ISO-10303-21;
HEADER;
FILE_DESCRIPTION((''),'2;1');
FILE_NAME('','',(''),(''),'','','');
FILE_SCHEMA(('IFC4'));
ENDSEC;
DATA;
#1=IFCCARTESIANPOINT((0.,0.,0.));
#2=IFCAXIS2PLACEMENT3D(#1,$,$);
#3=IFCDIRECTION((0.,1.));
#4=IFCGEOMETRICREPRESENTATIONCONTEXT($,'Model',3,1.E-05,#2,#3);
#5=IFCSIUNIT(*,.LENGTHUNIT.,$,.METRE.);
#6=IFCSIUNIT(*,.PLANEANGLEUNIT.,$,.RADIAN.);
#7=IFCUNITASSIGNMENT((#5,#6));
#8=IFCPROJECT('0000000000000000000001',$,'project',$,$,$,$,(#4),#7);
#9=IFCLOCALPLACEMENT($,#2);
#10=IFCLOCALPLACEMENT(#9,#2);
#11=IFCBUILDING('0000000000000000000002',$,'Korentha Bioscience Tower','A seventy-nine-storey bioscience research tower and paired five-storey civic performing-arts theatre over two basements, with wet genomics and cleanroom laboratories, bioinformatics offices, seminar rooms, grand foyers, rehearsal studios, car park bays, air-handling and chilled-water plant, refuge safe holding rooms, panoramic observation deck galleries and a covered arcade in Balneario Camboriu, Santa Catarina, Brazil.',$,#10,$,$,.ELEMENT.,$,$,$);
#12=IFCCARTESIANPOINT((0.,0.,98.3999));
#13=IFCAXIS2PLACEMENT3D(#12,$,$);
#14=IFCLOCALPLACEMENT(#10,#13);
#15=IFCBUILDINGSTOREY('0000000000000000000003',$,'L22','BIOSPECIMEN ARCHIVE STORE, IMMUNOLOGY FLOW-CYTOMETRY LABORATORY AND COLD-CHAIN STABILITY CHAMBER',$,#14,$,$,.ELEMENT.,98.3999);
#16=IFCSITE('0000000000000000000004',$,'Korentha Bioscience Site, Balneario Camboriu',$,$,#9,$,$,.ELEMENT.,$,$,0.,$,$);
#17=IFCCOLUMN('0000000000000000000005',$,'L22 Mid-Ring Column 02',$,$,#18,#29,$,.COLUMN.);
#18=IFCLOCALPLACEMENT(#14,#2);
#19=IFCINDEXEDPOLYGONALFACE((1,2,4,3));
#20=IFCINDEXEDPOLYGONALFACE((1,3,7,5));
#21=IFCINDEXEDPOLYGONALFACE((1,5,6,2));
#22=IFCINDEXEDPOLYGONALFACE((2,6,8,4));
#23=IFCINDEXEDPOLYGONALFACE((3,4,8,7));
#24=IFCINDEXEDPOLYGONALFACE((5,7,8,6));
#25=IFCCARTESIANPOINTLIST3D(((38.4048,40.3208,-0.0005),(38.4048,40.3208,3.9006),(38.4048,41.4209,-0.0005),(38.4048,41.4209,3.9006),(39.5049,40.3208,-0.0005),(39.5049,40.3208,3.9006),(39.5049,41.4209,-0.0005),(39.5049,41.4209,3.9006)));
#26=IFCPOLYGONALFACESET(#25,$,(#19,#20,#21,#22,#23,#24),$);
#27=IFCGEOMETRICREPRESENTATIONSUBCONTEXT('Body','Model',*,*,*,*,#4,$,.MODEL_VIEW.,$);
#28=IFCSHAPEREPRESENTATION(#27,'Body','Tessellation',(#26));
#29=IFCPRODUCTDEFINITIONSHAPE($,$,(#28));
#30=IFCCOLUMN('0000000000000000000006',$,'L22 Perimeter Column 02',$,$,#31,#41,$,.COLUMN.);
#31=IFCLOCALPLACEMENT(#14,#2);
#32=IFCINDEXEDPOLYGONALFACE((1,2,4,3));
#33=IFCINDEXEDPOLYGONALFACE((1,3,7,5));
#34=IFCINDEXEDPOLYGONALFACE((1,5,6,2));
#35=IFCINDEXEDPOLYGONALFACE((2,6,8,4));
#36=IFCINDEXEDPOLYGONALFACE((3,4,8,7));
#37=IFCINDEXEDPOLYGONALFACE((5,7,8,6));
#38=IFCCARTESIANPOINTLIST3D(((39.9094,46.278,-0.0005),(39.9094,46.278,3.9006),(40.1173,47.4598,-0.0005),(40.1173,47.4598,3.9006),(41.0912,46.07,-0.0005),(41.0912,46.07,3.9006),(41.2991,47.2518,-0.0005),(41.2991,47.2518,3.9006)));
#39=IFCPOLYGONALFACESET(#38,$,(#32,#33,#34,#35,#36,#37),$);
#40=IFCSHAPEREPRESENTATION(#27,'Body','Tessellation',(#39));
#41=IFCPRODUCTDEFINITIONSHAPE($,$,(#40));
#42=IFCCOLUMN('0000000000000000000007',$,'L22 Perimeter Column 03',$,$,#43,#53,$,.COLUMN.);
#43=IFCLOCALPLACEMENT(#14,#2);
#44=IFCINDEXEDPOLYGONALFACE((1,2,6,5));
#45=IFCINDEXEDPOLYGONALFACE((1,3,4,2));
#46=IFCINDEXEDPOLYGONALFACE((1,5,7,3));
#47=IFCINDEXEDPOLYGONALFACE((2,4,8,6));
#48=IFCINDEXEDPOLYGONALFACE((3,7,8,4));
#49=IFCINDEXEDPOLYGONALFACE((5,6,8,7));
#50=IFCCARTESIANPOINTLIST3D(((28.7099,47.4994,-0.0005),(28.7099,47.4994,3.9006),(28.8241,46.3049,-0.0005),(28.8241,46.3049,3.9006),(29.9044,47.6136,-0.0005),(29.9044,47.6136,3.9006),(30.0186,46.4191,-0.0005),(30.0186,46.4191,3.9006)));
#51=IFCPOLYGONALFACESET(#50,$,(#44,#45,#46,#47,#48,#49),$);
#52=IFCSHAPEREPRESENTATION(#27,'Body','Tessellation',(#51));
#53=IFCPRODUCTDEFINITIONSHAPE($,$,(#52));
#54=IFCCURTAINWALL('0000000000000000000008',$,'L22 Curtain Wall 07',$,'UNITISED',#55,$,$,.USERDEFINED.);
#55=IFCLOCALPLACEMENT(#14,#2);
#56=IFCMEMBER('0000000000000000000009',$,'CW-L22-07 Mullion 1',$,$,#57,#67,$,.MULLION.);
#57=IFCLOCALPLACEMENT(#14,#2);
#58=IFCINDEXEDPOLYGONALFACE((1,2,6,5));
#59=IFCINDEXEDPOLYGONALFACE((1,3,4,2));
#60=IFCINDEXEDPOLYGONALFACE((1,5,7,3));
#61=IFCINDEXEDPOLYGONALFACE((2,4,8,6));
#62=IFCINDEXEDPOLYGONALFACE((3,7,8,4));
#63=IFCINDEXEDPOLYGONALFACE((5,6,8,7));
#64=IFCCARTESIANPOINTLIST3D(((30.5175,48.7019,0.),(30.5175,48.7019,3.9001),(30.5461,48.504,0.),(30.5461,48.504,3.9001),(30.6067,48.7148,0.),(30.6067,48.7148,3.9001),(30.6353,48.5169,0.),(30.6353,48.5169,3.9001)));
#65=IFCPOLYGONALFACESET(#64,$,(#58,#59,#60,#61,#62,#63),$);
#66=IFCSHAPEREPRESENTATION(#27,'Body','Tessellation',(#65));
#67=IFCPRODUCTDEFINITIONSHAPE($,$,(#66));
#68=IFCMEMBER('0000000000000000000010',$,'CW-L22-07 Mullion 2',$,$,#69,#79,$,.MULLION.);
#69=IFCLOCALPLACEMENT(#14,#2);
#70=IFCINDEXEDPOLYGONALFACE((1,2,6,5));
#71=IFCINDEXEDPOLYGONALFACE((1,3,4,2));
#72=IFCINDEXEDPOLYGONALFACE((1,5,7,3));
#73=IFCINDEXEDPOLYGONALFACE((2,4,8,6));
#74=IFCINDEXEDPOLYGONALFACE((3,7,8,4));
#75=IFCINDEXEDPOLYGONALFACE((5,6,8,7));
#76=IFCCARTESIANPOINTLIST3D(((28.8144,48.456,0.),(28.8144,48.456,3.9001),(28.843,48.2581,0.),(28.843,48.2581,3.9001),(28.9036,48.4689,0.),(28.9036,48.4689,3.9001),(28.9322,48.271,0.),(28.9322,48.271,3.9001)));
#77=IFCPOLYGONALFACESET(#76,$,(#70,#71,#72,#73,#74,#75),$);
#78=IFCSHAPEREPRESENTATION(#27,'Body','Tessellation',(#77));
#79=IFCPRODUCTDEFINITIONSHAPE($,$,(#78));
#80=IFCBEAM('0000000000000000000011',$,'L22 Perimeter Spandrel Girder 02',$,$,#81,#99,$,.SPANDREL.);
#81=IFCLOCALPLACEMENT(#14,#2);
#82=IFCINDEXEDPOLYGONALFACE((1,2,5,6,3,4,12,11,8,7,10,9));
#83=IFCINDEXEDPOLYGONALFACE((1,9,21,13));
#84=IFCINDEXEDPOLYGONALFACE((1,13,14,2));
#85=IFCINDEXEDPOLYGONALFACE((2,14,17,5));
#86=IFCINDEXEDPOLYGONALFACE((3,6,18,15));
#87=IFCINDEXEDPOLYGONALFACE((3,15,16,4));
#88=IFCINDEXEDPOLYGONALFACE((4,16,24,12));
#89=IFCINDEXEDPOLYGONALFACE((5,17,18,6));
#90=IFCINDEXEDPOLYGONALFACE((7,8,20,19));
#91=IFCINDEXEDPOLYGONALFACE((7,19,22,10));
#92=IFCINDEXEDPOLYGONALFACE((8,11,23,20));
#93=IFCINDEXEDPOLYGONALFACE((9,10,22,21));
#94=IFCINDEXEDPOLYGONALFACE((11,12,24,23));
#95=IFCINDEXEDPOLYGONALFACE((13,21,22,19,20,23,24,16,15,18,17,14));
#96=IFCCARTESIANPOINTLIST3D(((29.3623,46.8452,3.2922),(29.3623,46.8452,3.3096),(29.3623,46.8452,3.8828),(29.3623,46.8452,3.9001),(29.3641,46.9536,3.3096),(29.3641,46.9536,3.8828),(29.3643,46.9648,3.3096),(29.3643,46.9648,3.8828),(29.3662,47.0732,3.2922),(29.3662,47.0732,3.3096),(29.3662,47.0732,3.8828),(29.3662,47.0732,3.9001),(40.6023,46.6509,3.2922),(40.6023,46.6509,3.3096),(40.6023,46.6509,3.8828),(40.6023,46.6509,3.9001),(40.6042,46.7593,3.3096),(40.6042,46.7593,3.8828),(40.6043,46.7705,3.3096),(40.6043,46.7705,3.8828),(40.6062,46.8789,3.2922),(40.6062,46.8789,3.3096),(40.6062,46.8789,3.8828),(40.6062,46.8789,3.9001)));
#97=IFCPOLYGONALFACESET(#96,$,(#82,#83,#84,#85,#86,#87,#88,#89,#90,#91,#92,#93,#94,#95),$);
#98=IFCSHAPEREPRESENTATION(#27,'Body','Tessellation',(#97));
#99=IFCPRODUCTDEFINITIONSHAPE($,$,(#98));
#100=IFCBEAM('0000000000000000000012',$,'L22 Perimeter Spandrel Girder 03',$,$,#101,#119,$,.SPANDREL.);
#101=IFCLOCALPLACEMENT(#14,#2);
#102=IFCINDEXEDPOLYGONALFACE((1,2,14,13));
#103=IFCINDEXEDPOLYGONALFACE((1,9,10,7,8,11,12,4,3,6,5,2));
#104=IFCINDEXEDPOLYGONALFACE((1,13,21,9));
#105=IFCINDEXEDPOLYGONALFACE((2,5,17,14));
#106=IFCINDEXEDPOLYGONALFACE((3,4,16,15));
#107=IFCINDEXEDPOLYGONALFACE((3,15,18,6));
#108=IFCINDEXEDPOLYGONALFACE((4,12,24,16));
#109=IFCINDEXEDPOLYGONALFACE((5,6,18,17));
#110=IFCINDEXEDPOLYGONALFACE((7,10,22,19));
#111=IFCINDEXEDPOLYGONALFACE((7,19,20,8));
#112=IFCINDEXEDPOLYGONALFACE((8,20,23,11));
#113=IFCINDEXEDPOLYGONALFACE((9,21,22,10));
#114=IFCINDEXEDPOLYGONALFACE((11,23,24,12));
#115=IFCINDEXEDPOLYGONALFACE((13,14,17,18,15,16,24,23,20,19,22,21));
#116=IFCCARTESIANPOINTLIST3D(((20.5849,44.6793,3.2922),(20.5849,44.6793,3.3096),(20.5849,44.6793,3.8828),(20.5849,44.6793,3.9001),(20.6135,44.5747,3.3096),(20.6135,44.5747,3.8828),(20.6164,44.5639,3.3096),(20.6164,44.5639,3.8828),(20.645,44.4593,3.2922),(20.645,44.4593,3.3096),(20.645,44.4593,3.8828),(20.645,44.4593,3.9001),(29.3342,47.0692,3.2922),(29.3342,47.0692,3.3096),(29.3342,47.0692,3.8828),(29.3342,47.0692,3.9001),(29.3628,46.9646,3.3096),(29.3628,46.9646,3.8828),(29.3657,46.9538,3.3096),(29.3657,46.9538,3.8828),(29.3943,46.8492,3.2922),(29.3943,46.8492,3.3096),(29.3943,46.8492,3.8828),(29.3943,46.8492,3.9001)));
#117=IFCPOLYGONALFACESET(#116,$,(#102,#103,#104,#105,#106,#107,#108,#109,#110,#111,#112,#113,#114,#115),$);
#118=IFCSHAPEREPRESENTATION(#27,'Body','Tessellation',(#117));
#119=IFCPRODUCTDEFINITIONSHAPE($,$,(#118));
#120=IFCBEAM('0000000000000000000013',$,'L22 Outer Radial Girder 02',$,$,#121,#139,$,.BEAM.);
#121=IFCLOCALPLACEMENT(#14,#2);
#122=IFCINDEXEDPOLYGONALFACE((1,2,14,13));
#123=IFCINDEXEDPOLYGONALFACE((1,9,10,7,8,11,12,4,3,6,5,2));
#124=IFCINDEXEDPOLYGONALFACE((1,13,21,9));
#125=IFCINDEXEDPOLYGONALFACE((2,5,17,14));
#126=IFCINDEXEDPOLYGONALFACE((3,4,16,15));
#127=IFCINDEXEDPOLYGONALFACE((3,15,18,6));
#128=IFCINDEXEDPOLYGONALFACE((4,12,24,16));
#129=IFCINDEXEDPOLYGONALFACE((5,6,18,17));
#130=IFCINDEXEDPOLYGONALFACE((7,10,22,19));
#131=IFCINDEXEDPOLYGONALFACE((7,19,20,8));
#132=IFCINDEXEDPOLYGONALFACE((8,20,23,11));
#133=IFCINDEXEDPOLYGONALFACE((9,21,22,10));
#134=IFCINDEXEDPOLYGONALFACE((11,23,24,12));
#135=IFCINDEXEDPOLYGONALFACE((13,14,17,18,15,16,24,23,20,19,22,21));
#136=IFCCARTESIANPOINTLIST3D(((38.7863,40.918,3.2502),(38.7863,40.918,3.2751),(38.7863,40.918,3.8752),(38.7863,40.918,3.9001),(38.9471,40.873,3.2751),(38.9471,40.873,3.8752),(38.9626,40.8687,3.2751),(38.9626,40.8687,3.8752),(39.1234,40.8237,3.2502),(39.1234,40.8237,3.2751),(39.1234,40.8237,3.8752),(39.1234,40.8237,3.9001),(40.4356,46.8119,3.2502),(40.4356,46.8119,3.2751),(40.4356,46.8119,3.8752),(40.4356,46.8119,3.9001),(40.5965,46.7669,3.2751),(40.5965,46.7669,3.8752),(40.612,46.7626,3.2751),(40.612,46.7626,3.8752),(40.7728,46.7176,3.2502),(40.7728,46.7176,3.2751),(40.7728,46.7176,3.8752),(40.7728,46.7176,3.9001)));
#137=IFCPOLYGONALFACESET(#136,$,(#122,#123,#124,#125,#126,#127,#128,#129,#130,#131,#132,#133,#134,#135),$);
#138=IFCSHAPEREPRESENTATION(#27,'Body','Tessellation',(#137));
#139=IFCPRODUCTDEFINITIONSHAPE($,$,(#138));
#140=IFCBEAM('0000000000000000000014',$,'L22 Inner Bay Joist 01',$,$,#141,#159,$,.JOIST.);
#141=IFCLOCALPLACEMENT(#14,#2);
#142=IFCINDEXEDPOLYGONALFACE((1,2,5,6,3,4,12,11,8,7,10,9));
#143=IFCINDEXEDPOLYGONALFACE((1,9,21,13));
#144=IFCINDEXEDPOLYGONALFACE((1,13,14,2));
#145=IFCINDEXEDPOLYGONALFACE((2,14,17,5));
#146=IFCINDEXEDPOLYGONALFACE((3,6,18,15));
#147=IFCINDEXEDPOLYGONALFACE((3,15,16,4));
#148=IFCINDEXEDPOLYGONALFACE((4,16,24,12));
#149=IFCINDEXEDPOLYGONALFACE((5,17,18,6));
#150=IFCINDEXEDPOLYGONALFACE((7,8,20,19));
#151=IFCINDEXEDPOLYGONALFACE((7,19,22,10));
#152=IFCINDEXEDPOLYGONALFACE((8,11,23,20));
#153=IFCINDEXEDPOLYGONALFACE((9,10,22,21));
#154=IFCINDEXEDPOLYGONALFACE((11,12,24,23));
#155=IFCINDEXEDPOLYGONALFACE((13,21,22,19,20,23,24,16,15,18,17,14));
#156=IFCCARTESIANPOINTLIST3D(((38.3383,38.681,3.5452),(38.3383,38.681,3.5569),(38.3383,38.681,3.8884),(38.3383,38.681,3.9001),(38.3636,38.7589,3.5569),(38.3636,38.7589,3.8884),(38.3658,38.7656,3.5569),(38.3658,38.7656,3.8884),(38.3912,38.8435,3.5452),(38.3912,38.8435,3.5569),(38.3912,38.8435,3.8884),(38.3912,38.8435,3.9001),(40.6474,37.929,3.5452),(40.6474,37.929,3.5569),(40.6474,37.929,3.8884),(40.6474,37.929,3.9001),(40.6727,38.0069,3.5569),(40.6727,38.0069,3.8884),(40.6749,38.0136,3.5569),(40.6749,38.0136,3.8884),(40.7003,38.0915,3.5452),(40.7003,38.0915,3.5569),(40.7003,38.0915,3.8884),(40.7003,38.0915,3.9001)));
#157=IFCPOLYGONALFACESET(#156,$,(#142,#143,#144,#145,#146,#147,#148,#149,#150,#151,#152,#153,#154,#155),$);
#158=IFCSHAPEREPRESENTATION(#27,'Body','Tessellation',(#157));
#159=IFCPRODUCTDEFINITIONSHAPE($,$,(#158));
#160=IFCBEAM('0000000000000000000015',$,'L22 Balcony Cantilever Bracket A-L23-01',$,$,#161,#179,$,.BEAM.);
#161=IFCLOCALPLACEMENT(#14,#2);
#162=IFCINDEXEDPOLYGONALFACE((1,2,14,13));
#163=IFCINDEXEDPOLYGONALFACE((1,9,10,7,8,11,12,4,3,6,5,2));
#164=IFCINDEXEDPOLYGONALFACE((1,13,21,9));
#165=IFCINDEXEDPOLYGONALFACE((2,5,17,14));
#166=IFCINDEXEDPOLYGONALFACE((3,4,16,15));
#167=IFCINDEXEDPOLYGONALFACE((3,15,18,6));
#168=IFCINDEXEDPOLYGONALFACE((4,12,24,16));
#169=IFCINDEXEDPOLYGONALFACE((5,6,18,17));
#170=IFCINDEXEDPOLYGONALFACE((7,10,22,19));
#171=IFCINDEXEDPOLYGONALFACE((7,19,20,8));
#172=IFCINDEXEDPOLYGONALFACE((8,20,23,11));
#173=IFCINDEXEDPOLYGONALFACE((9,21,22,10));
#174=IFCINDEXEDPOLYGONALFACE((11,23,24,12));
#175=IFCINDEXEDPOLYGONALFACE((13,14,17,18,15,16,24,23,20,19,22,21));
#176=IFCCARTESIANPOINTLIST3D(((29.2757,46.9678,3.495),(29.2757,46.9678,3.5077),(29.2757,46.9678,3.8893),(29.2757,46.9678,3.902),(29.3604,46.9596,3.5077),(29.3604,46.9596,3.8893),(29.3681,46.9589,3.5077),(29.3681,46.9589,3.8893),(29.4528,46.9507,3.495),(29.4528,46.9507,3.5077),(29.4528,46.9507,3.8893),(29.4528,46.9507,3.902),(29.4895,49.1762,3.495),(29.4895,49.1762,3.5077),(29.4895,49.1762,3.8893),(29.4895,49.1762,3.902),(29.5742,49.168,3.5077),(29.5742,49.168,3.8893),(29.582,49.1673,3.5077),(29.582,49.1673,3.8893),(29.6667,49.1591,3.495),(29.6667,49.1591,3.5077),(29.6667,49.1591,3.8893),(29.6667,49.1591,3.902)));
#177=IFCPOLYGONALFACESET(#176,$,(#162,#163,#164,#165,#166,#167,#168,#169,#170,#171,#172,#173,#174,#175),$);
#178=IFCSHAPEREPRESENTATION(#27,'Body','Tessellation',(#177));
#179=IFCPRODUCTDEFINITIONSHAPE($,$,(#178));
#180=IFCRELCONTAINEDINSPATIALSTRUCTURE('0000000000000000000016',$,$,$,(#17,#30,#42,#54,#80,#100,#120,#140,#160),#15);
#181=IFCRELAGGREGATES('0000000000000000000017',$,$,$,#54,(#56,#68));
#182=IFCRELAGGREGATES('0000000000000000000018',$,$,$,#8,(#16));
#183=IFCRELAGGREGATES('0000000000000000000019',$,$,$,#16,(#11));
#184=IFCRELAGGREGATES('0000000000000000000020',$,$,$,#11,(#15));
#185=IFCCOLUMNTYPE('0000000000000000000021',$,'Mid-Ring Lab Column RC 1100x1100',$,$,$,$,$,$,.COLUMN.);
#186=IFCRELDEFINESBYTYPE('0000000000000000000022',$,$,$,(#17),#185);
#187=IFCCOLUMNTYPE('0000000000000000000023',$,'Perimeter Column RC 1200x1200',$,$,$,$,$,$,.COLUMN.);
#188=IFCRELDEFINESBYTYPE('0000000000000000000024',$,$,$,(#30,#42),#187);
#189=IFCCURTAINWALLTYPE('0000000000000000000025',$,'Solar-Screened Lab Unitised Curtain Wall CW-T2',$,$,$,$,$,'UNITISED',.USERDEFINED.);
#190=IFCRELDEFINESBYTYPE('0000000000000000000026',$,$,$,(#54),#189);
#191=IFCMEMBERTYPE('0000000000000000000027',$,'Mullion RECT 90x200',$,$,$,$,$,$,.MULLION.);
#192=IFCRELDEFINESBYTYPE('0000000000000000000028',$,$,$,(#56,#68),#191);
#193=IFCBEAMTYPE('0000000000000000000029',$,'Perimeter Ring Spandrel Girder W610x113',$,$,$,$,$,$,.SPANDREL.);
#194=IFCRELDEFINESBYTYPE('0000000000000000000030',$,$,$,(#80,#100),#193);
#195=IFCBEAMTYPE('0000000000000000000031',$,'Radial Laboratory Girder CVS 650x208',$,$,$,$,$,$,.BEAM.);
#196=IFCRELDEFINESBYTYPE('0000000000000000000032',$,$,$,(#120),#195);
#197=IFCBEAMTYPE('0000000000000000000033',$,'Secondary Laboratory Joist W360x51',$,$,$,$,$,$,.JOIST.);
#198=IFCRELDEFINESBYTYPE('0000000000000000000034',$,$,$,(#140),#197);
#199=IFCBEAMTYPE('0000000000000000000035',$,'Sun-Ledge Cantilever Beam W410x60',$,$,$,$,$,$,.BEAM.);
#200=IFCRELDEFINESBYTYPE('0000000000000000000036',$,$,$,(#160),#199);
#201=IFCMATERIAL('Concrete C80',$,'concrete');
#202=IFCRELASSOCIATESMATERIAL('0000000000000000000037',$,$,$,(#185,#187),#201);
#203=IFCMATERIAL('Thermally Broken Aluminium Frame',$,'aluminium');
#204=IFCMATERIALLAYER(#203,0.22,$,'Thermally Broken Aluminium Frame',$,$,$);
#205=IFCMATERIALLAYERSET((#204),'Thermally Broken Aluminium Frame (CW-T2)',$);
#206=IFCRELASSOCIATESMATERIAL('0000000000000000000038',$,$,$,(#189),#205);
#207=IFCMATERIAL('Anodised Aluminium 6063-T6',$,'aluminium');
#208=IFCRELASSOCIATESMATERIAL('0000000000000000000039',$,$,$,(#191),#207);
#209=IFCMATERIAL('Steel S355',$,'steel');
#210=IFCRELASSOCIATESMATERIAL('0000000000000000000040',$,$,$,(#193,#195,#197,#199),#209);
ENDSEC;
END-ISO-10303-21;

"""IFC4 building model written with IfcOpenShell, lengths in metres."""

from ifc_helpers import new_model, si_unit, direction, frame, origin, origin_2d, place, context, subcontext, project, spatial, rectangle, i_section, extrude, material, layer, layer_set, material_profile, profile_set, type_object, element, aggregate, save


model = new_model("IFC4")

# Units and contexts
model_context = context("Model", 3, precision=1e-05, world=origin(), true_north=direction((0.0, 1.0)))
body_context = subcontext(model_context, "Body", "Model", "MODEL_VIEW")
ifc_project = project(units=[si_unit("LENGTHUNIT", "METRE"), si_unit("PLANEANGLEUNIT", "RADIAN")], contexts=[model_context])

# Site, building, storey
site_placement = place(None, origin())
site = spatial("IfcSite", under=ifc_project, at=site_placement, Name="Korentha Bioscience Site, Balneario Camboriu", CompositionType="ELEMENT", RefElevation=0.0)
building_placement = place(site_placement, origin())
building = spatial("IfcBuilding", under=site, at=building_placement, Name="Korentha Bioscience Tower", Description="A seventy-nine-storey bioscience research tower and paired five-storey civic performing-arts theatre over two basements, with wet genomics and cleanroom laboratories, bioinformatics offices, seminar rooms, grand foyers, rehearsal studios, car park bays, air-handling and chilled-water plant, refuge safe holding rooms, panoramic observation deck galleries and a covered arcade in Balneario Camboriu, Santa Catarina, Brazil.", CompositionType="ELEMENT")
storey_placement = place(building_placement, frame((0.0, 0.0, 98.3999)))
storey = spatial("IfcBuildingStorey", under=building, at=storey_placement, Name="L22", Description="BIOSPECIMEN ARCHIVE STORE, IMMUNOLOGY FLOW-CYTOMETRY LABORATORY AND COLD-CHAIN STABILITY CHAMBER", CompositionType="ELEMENT", Elevation=98.3999)

# Columns
ifc_material_1 = material(Name="Concrete C80", Category="concrete")
ifc_material_profile_1 = material_profile(ifc_material_1, rectangle(XDim=1.1001, YDim=1.1001, at=origin_2d()), Name="Concrete C80")
ifc_profile_set_1 = profile_set([ifc_material_profile_1], Name="Concrete C80 (COL-MR11)")
column_type_1 = type_object("IfcColumnType", Name="Mid-Ring Lab Column RC 1100x1100", PredefinedType="COLUMN", material=ifc_profile_set_1)
column_placement = place(storey_placement, frame((38.9548, 40.8708, -0.0005), z_axis=(0.0, 0.0, 1.0), x_axis=(1.0, 0.0, 0.0)))
element("IfcColumn", 1, at=column_placement, inside=storey, type_object=column_type_1, Name="L22 Mid-Ring Column 02", PredefinedType="COLUMN", context=body_context, shape_type="SweptSolid", body=[
    extrude(rectangle(XDim=1.1001, YDim=1.1001, at=origin_2d()), origin(), (0.0, 0.0, 1.0), 3.9011),
])
ifc_material_profile_2 = material_profile(ifc_material_1, rectangle(XDim=1.2, YDim=1.2, at=origin_2d()), Name="Concrete C80")
ifc_profile_set_2 = profile_set([ifc_material_profile_2], Name="Concrete C80 (COL-P12)")
column_type_2 = type_object("IfcColumnType", Name="Perimeter Column RC 1200x1200", PredefinedType="COLUMN", material=ifc_profile_set_2)
for number, where, z_axis, x_axis, name in (
    (2, (40.6042, 46.7649, -0.0005), (0.0, 0.0, 1.0), (-0.984868, 0.173304, 0.0), "L22 Perimeter Column 02"),
    (3, (29.3643, 46.9592, -0.0005), (0.0, 0.0, 1.0), (0.995463, 0.095151, 0.0), "L22 Perimeter Column 03"),
):
    element("IfcColumn", number, at=place(storey_placement, frame(where, z_axis=z_axis, x_axis=x_axis)), inside=storey, type_object=column_type_2, Name=name, PredefinedType="COLUMN", context=body_context, shape_type="SweptSolid", body=[
        extrude(rectangle(XDim=1.2, YDim=1.2, at=origin_2d()), origin(), (0.0, 0.0, 1.0), 3.9011),
    ])

# Curtain wall, members
ifc_material_2 = material(Name="Thermally Broken Aluminium Frame", Category="aluminium")
ifc_layer_1 = layer(ifc_material_2, 0.22, Name="Thermally Broken Aluminium Frame")
ifc_layer_set_1 = layer_set([ifc_layer_1], Name="Thermally Broken Aluminium Frame (CW-T2)")
curtain_wall_type = type_object("IfcCurtainWallType", Name="Solar-Screened Lab Unitised Curtain Wall CW-T2", ElementType="UNITISED", PredefinedType="USERDEFINED", material=ifc_layer_set_1)
curtain_wall_placement = place(storey_placement, origin())
curtain_wall = element("IfcCurtainWall", 4, at=curtain_wall_placement, inside=storey, type_object=curtain_wall_type, Name="L22 Curtain Wall 07", ObjectType="UNITISED", PredefinedType="USERDEFINED")
ifc_material_3 = material(Name="Anodised Aluminium 6063-T6", Category="aluminium")
ifc_material_profile_3 = material_profile(ifc_material_3, rectangle(XDim=0.0901, YDim=0.2, at=origin_2d()), Name="Anodised Aluminium 6063-T6")
ifc_profile_set_3 = profile_set([ifc_material_profile_3], Name="Anodised Aluminium 6063-T6 (CW-MUL)")
member_type_1 = type_object("IfcMemberType", Name="Mullion RECT 90x200", PredefinedType="MULLION", material=ifc_profile_set_3)
member_1_placement = place(storey_placement, frame((30.5764, 48.6094, 0.0), z_axis=(0.0, 0.0, 1.0), x_axis=(-0.989738, -0.142892, 0.0)))
member_1 = element("IfcMember", 5, at=member_1_placement, type_object=member_type_1, Name="CW-L22-07 Mullion 1", PredefinedType="MULLION", context=body_context, shape_type="SweptSolid", body=[
    extrude(rectangle(XDim=0.0901, YDim=0.2, at=origin_2d()), origin(), (0.0, 0.0, 1.0), 3.9001),
])
member_2_placement = place(storey_placement, frame((28.8733, 48.3635, 0.0), z_axis=(0.0, 0.0, 1.0), x_axis=(-0.989738, -0.142892, 0.0)))
member_2 = element("IfcMember", 6, at=member_2_placement, type_object=member_type_1, Name="CW-L22-07 Mullion 2", PredefinedType="MULLION", context=body_context, shape_type="SweptSolid", body=[
    extrude(rectangle(XDim=0.0901, YDim=0.2, at=origin_2d()), origin(), (0.0, 0.0, 1.0), 3.9001),
])

# Beams
ifc_material_4 = material(Name="Steel S355", Category="steel")
ifc_material_profile_4 = material_profile(ifc_material_4, i_section(OverallWidth=0.228, OverallDepth=0.6079, WebThickness=0.0112, FlangeThickness=0.0173, at=origin_2d()), Name="Steel S355")
ifc_profile_set_4 = profile_set([ifc_material_profile_4], Name="Steel S355 (SB-610)")
beam_type_1 = type_object("IfcBeamType", Name="Perimeter Ring Spandrel Girder W610x113", PredefinedType="SPANDREL", material=ifc_profile_set_4)
beam_1_placement = place(storey_placement, frame((40.6042, 46.7649, 3.5962), z_axis=(-0.999851, 0.017287, 0.0), x_axis=(-0.017287, -0.999851, 0.0)))
element("IfcBeam", 7, at=beam_1_placement, inside=storey, type_object=beam_type_1, Name="L22 Perimeter Spandrel Girder 02", PredefinedType="SPANDREL", context=body_context, shape_type="SweptSolid", body=[
    extrude(i_section(OverallWidth=0.228, OverallDepth=0.6079, WebThickness=0.0112, FlangeThickness=0.0173, at=origin_2d()), origin(), (0.0, 0.0, 1.0), 11.2417),
])
beam_2_placement = place(storey_placement, frame((29.3643, 46.9592, 3.5962), z_axis=(-0.964659, -0.2635, 0.0), x_axis=(0.2635, -0.964659, 0.0)))
element("IfcBeam", 8, at=beam_2_placement, inside=storey, type_object=beam_type_1, Name="L22 Perimeter Spandrel Girder 03", PredefinedType="SPANDREL", context=body_context, shape_type="SweptSolid", body=[
    extrude(i_section(OverallWidth=0.228, OverallDepth=0.6079, WebThickness=0.0112, FlangeThickness=0.0173, at=origin_2d()), origin(), (0.0, 0.0, 1.0), 9.0698),
])
ifc_material_profile_5 = material_profile(ifc_material_4, i_section(OverallWidth=0.3501, OverallDepth=0.6499, WebThickness=0.0161, FlangeThickness=0.0249, at=origin_2d()), Name="Steel S355")
ifc_profile_set_5 = profile_set([ifc_material_profile_5], Name="Steel S355 (RB-650)")
beam_type_2 = type_object("IfcBeamType", Name="Radial Laboratory Girder CVS 650x208", PredefinedType="BEAM", material=ifc_profile_set_5)
beam_3_placement = place(storey_placement, frame((38.9548, 40.8708, 3.5752), z_axis=(0.269491, 0.963003, 0.0), x_axis=(-0.963003, 0.269491, 0.0)))
element("IfcBeam", 9, at=beam_3_placement, inside=storey, type_object=beam_type_2, Name="L22 Outer Radial Girder 02", PredefinedType="BEAM", context=body_context, shape_type="SweptSolid", body=[
    extrude(i_section(OverallWidth=0.3501, OverallDepth=0.6499, WebThickness=0.0161, FlangeThickness=0.0249, at=origin_2d()), origin(), (0.0, 0.0, 1.0), 6.1204),
])
ifc_material_profile_6 = material_profile(ifc_material_4, i_section(OverallWidth=0.1709, OverallDepth=0.355, WebThickness=0.0071, FlangeThickness=0.0117, at=origin_2d()), Name="Steel S355")
ifc_profile_set_6 = profile_set([ifc_material_profile_6], Name="Steel S355 (JB-360)")
beam_type_3 = type_object("IfcBeamType", Name="Secondary Laboratory Joist W360x51", PredefinedType="JOIST", material=ifc_profile_set_6)
beam_4_placement = place(storey_placement, frame((40.6738, 38.0103, 3.7227), z_axis=(-0.950852, 0.309645, 0.0), x_axis=(-0.309645, -0.950852, 0.0)))
element("IfcBeam", 10, at=beam_4_placement, inside=storey, type_object=beam_type_3, Name="L22 Inner Bay Joist 01", PredefinedType="JOIST", context=body_context, shape_type="SweptSolid", body=[
    extrude(i_section(OverallWidth=0.1709, OverallDepth=0.355, WebThickness=0.0071, FlangeThickness=0.0117, at=origin_2d()), origin(), (0.0, 0.0, 1.0), 2.4285),
])
ifc_material_profile_7 = material_profile(ifc_material_4, i_section(OverallWidth=0.178, OverallDepth=0.407, WebThickness=0.0078, FlangeThickness=0.0127, at=origin_2d()), Name="Steel S355")
ifc_profile_set_7 = profile_set([ifc_material_profile_7], Name="Steel S355 (CB-410)")
beam_type_4 = type_object("IfcBeamType", Name="Sun-Ledge Cantilever Beam W410x60", PredefinedType="BEAM", material=ifc_profile_set_7)
beam_5_placement = place(storey_placement, frame((29.3643, 46.9592, 3.6985), z_axis=(0.096387, 0.995344, 0.0), x_axis=(-0.995344, 0.096387, 0.0)))
element("IfcBeam", 11, at=beam_5_placement, inside=storey, type_object=beam_type_4, Name="L22 Balcony Cantilever Bracket A-L23-01", PredefinedType="BEAM", context=body_context, shape_type="SweptSolid", body=[
    extrude(i_section(OverallWidth=0.178, OverallDepth=0.407, WebThickness=0.0078, FlangeThickness=0.0127, at=origin_2d()), origin(), (0.0, 0.0, 1.0), 2.2188),
])

aggregate(curtain_wall, [member_1, member_2])

save(model, "model.ifc")
